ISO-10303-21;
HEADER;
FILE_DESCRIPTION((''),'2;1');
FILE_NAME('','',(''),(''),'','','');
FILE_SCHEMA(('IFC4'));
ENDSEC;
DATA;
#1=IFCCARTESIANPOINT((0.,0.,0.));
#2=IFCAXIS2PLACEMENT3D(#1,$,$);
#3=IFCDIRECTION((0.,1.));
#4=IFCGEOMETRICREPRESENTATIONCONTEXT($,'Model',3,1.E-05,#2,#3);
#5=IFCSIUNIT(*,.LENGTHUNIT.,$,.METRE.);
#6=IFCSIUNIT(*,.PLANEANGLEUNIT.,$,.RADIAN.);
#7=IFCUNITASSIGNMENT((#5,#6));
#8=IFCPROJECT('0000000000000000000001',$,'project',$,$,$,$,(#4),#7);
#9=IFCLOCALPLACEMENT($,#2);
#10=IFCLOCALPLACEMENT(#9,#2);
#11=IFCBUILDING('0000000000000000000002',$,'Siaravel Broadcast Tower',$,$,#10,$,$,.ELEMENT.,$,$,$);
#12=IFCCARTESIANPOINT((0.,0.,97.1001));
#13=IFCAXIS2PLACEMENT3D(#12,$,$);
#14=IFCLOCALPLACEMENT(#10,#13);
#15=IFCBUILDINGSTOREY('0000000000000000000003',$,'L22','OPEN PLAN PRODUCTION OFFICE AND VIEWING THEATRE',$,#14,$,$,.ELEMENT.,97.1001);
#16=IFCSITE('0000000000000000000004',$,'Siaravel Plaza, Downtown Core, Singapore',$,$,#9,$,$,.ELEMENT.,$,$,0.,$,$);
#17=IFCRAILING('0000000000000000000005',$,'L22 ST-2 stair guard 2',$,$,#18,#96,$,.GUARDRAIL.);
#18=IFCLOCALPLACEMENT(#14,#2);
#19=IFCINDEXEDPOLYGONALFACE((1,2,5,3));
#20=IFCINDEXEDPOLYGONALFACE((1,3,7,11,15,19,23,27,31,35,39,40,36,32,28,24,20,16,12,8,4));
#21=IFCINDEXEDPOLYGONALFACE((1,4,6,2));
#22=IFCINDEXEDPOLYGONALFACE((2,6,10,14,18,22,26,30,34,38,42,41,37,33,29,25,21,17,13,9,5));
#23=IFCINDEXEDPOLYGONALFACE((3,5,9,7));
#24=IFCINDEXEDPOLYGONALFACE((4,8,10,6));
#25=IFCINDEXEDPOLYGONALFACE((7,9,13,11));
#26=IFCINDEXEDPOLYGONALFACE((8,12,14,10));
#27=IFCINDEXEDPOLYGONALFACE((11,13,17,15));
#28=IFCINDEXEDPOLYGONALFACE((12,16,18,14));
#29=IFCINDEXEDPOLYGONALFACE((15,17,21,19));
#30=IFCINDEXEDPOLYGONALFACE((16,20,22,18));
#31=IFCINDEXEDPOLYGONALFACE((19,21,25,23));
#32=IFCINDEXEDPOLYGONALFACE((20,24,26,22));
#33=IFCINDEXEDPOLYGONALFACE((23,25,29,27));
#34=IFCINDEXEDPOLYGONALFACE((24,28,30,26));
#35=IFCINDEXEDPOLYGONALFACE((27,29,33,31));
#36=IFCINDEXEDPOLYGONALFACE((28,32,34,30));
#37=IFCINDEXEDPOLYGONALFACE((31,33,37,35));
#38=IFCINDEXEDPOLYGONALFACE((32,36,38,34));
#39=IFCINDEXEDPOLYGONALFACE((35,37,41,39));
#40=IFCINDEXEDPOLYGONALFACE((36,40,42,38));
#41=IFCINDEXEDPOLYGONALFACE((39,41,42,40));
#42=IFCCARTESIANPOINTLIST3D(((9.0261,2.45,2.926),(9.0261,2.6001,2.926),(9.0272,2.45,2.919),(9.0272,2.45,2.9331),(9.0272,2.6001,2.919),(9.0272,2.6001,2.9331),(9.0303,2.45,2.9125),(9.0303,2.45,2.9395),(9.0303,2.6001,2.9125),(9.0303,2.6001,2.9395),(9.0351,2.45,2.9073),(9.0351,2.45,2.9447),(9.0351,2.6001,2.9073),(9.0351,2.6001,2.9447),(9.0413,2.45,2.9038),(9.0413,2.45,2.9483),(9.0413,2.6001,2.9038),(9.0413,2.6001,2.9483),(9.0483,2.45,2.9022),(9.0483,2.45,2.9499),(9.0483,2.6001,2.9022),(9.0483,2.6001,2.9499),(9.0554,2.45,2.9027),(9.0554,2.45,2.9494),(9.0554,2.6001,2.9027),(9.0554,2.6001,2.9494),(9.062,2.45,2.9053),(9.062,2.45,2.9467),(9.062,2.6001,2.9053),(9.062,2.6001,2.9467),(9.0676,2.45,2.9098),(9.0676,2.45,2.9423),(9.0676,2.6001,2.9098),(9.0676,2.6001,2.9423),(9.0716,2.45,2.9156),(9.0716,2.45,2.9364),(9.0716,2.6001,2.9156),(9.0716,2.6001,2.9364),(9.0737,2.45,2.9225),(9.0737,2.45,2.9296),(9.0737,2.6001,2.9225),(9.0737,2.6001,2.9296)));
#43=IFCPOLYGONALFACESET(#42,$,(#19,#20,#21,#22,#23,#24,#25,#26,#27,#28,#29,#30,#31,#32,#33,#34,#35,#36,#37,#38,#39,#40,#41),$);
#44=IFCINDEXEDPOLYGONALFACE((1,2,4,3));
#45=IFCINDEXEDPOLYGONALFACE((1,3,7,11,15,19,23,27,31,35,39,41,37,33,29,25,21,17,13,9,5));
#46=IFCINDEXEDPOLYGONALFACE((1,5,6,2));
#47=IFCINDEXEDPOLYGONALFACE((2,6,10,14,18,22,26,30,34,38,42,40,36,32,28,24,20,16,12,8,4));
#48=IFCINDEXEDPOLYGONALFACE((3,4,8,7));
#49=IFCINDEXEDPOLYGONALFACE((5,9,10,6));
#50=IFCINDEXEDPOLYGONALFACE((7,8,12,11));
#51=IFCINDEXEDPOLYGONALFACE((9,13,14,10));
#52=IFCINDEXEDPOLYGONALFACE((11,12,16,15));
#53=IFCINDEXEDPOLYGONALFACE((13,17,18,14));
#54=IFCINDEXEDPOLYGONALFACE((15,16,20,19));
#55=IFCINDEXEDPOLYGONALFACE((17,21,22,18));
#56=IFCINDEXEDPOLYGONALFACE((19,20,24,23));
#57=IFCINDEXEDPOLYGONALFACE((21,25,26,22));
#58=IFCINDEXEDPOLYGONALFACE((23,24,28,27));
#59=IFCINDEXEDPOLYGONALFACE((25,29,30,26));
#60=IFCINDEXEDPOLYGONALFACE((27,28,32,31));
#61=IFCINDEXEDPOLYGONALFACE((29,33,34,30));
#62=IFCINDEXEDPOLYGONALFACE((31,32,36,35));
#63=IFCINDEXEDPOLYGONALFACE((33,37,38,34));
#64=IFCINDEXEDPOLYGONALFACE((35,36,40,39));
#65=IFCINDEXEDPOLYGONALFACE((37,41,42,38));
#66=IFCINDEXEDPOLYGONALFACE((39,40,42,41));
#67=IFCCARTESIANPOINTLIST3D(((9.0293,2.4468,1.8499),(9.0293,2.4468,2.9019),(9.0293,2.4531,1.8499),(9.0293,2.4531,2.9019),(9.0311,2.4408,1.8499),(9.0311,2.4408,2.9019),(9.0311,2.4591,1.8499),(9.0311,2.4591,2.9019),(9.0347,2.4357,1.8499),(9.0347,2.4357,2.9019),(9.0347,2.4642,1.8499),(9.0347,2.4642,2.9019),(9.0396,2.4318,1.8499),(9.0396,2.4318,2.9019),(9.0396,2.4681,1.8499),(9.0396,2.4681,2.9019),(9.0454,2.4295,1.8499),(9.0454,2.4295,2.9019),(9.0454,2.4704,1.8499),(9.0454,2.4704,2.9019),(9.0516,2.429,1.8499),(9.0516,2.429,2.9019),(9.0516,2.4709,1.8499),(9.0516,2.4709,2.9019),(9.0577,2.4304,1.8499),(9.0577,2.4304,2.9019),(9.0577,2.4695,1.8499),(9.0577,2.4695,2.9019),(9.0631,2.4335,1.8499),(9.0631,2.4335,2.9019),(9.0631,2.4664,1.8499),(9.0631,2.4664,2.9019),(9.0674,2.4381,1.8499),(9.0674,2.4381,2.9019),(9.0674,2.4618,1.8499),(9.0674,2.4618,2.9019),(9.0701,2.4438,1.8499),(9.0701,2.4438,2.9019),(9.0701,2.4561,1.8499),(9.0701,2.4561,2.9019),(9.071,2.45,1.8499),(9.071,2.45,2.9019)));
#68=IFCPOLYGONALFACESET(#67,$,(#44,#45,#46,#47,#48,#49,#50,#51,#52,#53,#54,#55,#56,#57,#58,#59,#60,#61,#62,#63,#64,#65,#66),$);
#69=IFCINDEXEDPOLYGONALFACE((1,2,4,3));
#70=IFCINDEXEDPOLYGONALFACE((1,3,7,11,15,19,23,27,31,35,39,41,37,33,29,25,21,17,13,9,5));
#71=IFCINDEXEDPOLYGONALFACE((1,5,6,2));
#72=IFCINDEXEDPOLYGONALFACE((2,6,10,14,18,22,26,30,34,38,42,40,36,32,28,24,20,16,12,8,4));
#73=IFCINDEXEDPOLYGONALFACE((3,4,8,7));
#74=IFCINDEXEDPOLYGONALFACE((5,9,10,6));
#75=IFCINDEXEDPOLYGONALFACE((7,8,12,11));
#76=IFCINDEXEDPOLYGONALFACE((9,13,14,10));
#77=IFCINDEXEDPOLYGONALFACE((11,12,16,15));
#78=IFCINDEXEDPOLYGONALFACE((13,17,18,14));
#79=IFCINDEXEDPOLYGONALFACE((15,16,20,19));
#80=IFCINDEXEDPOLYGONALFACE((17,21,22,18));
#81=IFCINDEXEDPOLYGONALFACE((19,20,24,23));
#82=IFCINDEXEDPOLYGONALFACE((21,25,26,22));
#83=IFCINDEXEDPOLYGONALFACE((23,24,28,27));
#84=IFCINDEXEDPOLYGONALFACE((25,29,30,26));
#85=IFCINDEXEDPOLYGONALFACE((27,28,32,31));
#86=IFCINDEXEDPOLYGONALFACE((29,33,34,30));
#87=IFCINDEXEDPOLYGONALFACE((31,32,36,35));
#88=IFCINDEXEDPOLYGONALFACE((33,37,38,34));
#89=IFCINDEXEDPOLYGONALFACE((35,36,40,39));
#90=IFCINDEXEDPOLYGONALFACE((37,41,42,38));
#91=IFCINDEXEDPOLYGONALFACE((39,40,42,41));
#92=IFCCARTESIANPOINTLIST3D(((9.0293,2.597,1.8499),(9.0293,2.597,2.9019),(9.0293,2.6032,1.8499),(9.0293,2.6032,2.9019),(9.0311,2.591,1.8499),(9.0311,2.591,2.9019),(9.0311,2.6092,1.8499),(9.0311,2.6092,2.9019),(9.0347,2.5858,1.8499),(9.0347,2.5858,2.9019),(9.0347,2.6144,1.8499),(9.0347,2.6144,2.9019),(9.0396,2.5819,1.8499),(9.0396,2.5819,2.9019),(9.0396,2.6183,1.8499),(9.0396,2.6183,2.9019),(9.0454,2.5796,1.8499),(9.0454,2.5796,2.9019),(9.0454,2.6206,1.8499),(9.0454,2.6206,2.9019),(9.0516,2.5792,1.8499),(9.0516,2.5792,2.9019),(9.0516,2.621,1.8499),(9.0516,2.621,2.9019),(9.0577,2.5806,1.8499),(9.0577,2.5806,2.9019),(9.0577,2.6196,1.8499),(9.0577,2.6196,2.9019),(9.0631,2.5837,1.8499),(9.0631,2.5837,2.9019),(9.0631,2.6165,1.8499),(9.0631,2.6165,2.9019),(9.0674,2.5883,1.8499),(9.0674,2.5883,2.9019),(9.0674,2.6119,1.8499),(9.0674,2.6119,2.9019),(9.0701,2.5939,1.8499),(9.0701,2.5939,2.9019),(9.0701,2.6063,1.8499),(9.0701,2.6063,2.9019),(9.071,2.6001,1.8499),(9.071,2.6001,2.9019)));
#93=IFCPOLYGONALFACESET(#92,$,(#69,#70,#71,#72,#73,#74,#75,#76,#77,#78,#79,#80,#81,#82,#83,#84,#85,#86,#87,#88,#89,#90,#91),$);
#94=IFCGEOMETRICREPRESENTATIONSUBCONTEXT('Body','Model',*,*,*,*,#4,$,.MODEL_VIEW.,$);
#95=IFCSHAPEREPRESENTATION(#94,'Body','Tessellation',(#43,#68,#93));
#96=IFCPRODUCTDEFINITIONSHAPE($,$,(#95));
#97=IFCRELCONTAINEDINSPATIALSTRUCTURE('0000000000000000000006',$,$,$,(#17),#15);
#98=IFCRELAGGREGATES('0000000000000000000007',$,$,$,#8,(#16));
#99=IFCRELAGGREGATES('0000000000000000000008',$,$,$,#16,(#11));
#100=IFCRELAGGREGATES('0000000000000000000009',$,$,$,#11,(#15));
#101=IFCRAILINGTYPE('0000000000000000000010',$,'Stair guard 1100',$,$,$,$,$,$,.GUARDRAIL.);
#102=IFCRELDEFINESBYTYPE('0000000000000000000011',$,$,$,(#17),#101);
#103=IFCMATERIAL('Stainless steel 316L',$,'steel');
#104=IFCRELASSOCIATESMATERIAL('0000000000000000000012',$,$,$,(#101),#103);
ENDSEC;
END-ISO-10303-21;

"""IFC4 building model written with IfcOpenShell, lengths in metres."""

from ifc_helpers import new_model, si_unit, direction, frame, origin, origin_2d, place, context, subcontext, project, spatial, circle, extrude, material, type_object, element, save


model = new_model("IFC4")

# Units and contexts
model_context = context("Model", 3, precision=1e-05, world=origin(), true_north=direction((0.0, 1.0)))
body_context = subcontext(model_context, "Body", "Model", "MODEL_VIEW")
ifc_project = project(units=[si_unit("LENGTHUNIT", "METRE"), si_unit("PLANEANGLEUNIT", "RADIAN")], contexts=[model_context])

# Site, building, storey
site_placement = place(None, origin())
site = spatial("IfcSite", under=ifc_project, at=site_placement, Name="Siaravel Plaza, Downtown Core, Singapore", CompositionType="ELEMENT", RefElevation=0.0)
building_placement = place(site_placement, origin())
building = spatial("IfcBuilding", under=site, at=building_placement, Name="Siaravel Broadcast Tower", CompositionType="ELEMENT")
storey_placement = place(building_placement, frame((0.0, 0.0, 97.1001)))
storey = spatial("IfcBuildingStorey", under=building, at=storey_placement, Name="L22", Description="OPEN PLAN PRODUCTION OFFICE AND VIEWING THEATRE", CompositionType="ELEMENT", Elevation=97.1001)

# Railing
ifc_material_1 = material(Name="Stainless steel 316L", Category="steel")
railing_type_1 = type_object("IfcRailingType", Name="Stair guard 1100", PredefinedType="GUARDRAIL", material=ifc_material_1)
railing_1_placement = place(storey_placement, frame((9.05, 2.45, 1.8499)))
element("IfcRailing", 1, at=railing_1_placement, inside=storey, type_object=railing_type_1, Name="L22 ST-2 stair guard 2", PredefinedType="GUARDRAIL", context=body_context, shape_type="SweptSolid", body=[
    extrude(circle(Radius=0.0239, at=origin_2d()), frame((0.0, 0.0, 1.0762), z_axis=(0.0, 1.0, 0.0), x_axis=(-1.0, 0.0, 0.0)), (0.0, 0.0, 1.0), 0.1501),
    extrude(circle(Radius=0.021, at=origin_2d()), origin(), (0.0, 0.0, 1.0), 1.052),
    extrude(circle(Radius=0.021, at=origin_2d()), frame((0.0, 0.1501, 0.0)), (0.0, 0.0, 1.0), 1.052),
])

save(model, "model.ifc")
